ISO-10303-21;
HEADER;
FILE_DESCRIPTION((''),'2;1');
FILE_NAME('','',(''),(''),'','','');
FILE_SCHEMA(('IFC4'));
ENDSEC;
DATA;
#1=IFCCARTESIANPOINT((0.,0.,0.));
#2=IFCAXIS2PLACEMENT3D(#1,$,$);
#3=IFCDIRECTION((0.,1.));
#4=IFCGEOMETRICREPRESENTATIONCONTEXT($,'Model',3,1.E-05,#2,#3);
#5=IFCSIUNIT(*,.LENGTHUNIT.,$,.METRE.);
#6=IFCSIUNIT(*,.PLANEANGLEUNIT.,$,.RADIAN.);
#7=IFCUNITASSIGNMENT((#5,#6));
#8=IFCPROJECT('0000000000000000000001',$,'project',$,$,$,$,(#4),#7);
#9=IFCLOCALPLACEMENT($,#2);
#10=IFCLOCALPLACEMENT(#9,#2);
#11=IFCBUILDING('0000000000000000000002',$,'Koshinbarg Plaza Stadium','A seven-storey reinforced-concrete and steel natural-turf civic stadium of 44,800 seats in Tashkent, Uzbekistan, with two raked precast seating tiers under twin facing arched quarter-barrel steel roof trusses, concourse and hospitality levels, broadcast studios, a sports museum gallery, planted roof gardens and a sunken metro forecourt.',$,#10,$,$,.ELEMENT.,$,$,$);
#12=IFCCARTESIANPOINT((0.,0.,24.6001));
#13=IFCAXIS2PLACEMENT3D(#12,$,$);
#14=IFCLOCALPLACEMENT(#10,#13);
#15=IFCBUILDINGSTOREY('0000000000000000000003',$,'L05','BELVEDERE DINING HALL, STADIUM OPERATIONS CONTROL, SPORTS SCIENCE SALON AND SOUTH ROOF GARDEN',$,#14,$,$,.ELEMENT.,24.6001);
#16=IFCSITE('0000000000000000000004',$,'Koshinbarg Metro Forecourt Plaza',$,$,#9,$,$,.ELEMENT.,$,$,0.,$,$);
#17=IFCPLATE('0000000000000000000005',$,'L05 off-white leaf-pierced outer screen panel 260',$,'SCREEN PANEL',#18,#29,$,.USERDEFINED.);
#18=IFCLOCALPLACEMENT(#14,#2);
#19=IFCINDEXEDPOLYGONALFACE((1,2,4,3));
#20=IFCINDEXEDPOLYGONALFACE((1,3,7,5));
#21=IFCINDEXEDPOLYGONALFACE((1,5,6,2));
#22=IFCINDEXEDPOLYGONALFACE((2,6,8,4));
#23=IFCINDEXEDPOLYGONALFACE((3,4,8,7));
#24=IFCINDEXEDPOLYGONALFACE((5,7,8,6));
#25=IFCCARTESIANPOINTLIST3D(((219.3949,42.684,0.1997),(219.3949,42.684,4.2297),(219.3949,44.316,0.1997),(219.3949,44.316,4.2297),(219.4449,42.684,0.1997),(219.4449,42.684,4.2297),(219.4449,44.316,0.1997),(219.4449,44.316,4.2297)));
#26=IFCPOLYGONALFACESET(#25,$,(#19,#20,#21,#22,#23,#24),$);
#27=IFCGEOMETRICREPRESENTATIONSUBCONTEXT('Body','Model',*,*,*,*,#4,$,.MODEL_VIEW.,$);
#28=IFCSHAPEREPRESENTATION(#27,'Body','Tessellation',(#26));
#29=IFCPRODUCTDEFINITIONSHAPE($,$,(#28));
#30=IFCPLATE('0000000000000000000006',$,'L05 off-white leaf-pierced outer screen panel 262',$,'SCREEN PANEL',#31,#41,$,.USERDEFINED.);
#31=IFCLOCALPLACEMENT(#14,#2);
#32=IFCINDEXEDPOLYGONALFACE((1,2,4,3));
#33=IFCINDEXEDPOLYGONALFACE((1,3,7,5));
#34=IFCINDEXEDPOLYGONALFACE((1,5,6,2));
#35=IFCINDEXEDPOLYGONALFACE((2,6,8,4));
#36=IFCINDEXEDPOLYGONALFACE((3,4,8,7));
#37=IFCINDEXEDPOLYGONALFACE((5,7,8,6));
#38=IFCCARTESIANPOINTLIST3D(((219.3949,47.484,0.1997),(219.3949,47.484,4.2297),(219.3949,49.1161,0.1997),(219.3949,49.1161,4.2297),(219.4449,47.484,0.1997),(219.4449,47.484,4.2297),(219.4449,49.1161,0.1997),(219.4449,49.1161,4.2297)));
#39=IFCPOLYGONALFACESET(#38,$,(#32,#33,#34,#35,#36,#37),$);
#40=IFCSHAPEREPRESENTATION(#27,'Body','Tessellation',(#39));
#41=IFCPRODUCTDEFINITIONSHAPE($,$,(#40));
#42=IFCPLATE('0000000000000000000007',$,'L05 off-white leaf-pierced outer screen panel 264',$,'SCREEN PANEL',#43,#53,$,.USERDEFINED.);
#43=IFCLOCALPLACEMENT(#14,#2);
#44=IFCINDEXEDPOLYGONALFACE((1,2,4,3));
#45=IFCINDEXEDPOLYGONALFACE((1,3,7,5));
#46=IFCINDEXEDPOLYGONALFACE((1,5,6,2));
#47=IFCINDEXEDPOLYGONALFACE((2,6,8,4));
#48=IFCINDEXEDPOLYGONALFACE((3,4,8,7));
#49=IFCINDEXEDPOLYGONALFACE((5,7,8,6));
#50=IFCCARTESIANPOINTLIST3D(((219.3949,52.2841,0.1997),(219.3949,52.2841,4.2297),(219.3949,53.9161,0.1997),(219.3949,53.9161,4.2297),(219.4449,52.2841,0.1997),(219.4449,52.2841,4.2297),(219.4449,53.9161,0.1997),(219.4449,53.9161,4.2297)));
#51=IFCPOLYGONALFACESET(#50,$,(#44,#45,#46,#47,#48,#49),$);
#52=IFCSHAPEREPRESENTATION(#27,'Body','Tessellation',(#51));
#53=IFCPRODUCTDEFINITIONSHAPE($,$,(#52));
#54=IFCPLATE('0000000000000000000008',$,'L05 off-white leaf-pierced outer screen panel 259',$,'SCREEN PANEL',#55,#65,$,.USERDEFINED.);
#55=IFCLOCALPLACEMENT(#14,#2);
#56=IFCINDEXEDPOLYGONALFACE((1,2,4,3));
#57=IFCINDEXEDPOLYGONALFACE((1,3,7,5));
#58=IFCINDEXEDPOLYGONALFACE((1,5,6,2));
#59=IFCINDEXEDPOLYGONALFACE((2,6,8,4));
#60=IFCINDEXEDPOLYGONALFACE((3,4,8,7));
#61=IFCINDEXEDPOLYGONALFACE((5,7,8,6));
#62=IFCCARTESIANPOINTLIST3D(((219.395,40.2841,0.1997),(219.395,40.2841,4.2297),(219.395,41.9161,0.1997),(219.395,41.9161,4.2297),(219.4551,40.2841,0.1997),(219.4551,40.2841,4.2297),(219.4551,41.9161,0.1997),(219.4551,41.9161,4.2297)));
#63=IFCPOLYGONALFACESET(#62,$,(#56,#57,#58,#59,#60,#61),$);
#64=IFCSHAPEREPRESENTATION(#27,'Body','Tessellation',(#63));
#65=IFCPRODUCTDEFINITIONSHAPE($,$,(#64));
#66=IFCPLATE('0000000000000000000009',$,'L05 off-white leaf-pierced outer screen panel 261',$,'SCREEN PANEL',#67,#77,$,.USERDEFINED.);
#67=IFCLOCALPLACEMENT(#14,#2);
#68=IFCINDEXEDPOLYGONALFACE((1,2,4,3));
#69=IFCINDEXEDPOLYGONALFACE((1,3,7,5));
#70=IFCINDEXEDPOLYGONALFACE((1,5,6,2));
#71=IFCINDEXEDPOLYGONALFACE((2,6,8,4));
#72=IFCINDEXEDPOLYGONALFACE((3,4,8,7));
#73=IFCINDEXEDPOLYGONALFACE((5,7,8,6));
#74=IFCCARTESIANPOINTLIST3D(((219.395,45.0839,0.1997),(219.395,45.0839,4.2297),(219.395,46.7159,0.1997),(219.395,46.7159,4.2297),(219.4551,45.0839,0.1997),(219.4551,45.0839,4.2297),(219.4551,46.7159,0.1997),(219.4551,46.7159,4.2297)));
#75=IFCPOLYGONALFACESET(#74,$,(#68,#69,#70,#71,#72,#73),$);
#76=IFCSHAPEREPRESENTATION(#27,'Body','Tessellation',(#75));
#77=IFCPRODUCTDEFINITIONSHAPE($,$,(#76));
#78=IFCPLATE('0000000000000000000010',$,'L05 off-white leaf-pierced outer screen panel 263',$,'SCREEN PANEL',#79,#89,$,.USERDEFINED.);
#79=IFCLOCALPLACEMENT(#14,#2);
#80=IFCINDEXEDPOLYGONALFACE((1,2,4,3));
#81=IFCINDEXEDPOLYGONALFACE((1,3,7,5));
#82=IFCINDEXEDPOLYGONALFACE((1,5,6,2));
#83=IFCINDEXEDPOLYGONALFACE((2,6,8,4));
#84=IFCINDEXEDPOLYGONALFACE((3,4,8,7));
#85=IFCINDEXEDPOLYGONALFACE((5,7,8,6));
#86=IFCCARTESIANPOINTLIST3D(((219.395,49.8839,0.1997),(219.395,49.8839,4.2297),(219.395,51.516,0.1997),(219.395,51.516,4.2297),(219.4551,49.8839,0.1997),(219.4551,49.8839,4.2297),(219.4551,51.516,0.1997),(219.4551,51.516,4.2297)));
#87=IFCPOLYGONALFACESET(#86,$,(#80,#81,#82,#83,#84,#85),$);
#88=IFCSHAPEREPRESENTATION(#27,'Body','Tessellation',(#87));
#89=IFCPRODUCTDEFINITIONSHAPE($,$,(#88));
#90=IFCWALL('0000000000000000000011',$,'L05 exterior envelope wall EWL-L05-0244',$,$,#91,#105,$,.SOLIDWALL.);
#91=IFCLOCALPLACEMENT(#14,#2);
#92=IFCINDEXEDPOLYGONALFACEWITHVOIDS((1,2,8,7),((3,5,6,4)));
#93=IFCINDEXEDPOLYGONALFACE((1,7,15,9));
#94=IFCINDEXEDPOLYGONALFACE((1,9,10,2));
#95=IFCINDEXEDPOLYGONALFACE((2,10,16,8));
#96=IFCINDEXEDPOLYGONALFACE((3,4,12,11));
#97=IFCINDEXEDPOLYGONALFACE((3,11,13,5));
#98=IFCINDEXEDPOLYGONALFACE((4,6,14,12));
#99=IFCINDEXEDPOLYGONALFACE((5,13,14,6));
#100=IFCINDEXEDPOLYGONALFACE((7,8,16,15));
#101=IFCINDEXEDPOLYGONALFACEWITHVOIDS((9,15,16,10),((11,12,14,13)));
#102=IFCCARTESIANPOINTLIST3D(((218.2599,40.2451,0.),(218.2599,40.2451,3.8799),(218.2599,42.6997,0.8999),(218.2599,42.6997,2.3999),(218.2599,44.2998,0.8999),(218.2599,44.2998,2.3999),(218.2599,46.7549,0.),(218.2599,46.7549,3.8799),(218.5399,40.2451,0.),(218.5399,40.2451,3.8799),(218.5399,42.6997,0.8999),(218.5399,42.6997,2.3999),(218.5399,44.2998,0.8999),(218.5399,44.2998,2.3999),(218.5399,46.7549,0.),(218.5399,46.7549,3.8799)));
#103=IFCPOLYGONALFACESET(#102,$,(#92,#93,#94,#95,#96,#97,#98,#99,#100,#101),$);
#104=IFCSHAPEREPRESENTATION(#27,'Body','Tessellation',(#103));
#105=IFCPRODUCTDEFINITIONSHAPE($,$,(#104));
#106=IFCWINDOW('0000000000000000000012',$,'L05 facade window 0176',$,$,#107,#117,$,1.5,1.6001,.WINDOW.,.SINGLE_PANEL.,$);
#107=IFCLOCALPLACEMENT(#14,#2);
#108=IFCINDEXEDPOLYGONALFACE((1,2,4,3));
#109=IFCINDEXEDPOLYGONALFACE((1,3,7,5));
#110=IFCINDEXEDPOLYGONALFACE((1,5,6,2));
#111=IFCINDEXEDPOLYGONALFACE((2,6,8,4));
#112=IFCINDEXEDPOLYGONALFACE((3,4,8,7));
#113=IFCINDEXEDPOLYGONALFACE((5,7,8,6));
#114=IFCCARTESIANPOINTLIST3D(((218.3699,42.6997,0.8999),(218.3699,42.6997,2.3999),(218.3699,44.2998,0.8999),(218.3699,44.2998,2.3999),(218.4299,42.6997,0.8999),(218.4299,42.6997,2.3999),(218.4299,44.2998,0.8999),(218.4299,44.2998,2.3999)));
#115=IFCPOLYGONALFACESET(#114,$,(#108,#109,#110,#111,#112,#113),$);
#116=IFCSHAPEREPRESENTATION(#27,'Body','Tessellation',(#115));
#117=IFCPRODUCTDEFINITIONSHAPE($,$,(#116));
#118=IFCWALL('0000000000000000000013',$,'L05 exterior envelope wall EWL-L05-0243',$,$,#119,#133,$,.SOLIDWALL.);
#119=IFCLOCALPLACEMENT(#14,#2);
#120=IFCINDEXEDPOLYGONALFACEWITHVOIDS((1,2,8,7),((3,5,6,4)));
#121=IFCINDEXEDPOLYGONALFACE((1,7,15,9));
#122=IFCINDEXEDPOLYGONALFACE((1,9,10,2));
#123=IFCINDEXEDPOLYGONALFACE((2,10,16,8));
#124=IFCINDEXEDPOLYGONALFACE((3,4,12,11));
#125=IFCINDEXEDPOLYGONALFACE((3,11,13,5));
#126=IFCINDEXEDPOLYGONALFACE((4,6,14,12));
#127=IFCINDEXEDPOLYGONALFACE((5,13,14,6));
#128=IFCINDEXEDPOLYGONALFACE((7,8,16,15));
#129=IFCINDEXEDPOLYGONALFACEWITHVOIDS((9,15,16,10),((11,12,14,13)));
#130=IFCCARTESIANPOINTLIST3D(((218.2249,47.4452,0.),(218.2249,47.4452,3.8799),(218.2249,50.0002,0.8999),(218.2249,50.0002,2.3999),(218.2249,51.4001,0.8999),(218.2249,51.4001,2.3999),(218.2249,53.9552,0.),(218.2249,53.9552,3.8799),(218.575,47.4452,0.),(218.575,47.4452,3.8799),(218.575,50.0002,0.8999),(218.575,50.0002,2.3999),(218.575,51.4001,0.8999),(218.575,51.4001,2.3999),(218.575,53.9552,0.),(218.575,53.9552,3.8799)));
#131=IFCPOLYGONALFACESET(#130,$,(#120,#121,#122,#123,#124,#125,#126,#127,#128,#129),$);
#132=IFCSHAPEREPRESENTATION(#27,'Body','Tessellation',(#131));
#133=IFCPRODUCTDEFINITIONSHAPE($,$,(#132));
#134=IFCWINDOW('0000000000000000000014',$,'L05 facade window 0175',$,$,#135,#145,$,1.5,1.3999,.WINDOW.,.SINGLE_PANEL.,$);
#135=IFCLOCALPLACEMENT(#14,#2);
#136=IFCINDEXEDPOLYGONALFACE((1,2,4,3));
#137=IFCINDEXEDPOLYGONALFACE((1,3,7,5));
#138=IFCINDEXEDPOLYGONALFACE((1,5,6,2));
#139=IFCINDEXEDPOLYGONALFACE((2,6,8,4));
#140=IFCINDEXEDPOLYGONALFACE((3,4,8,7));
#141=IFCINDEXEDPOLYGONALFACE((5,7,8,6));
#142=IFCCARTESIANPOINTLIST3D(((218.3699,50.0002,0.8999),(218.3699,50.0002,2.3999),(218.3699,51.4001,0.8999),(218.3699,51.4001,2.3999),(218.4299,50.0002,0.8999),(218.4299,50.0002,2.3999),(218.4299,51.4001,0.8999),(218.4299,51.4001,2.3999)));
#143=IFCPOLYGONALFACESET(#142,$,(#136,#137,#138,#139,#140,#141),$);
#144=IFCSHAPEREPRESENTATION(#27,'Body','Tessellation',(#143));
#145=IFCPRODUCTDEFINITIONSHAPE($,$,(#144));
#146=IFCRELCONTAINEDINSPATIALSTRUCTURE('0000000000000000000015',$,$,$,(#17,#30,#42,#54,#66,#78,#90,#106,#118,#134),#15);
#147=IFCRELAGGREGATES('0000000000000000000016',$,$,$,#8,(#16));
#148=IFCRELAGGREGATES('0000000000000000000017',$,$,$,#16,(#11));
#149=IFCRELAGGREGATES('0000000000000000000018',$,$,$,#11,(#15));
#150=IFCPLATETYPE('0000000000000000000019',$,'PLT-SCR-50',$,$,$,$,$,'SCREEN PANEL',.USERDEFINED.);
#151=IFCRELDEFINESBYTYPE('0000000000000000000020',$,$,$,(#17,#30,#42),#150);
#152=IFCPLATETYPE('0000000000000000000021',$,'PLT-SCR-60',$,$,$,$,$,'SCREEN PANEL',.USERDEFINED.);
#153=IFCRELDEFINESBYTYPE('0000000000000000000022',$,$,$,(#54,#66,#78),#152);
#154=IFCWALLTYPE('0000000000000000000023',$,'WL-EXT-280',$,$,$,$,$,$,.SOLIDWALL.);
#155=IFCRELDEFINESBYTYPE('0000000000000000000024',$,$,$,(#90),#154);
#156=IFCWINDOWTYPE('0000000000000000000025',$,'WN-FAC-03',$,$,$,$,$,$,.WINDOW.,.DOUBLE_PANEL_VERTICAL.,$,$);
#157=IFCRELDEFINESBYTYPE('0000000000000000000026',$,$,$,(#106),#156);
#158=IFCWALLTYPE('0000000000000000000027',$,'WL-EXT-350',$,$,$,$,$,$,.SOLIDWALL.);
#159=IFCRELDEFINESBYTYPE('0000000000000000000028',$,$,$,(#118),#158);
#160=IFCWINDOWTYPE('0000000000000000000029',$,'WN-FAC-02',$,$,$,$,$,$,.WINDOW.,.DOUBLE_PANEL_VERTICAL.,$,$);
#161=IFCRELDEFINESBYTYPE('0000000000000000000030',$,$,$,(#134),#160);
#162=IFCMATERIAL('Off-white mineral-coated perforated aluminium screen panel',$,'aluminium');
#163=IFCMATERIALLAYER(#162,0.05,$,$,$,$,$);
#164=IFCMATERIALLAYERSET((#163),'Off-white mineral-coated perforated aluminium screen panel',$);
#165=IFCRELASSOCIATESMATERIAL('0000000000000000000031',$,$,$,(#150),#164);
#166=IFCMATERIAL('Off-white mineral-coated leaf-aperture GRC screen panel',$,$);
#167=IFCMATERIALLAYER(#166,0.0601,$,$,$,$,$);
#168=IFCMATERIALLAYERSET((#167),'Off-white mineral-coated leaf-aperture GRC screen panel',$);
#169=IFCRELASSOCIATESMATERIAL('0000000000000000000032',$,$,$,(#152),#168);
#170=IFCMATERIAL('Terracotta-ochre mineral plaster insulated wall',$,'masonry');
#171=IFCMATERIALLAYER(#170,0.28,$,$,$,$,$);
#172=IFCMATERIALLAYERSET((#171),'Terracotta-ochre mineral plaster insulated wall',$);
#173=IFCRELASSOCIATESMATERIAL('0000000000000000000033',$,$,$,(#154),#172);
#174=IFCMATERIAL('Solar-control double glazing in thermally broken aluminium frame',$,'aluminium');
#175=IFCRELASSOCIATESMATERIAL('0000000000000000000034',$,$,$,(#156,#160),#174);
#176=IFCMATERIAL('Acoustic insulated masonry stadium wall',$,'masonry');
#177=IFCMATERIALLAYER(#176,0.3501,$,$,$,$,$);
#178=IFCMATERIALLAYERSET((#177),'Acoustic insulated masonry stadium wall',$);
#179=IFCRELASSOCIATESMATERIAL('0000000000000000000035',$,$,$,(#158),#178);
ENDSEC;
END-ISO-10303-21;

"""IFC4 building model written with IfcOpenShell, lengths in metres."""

from ifc_helpers import new_model, si_unit, direction, frame, frame_2d, origin, origin_2d, place, context, subcontext, project, spatial, rectangle, extrude, material, layer, layer_set, type_object, element, fill, save


model = new_model("IFC4")

# Units and contexts
model_context = context("Model", 3, precision=1e-05, world=origin(), true_north=direction((0.0, 1.0)))
body_context = subcontext(model_context, "Body", "Model", "MODEL_VIEW")
ifc_project = project(units=[si_unit("LENGTHUNIT", "METRE"), si_unit("PLANEANGLEUNIT", "RADIAN")], contexts=[model_context])

# Site, building, storey
site_placement = place(None, origin())
site = spatial("IfcSite", under=ifc_project, at=site_placement, Name="Koshinbarg Metro Forecourt Plaza", CompositionType="ELEMENT", RefElevation=0.0)
building_placement = place(site_placement, origin())
building = spatial("IfcBuilding", under=site, at=building_placement, Name="Koshinbarg Plaza Stadium", Description="A seven-storey reinforced-concrete and steel natural-turf civic stadium of 44,800 seats in Tashkent, Uzbekistan, with two raked precast seating tiers under twin facing arched quarter-barrel steel roof trusses, concourse and hospitality levels, broadcast studios, a sports museum gallery, planted roof gardens and a sunken metro forecourt.", CompositionType="ELEMENT")
storey_placement = place(building_placement, frame((0.0, 0.0, 24.6001)))
storey = spatial("IfcBuildingStorey", under=building, at=storey_placement, Name="L05", Description="BELVEDERE DINING HALL, STADIUM OPERATIONS CONTROL, SPORTS SCIENCE SALON AND SOUTH ROOF GARDEN", CompositionType="ELEMENT", Elevation=24.6001)

# Plates
ifc_material_1 = material(Name="Off-white mineral-coated perforated aluminium screen panel", Category="aluminium")
ifc_layer_1 = layer(ifc_material_1, 0.05)
ifc_layer_set_1 = layer_set([ifc_layer_1], Name="Off-white mineral-coated perforated aluminium screen panel")
plate_type_1 = type_object("IfcPlateType", Name="PLT-SCR-50", ElementType="SCREEN PANEL", PredefinedType="USERDEFINED", material=ifc_layer_set_1)
for number, where, z_axis, x_axis, name in (
    (1, (219.4199, 43.5, 0.1997), (0.0, 0.0, 1.0), (1.0, 0.0, 0.0), "L05 off-white leaf-pierced outer screen panel 260"),
    (2, (219.4199, 48.3, 0.1997), (0.0, 0.0, 1.0), (1.0, 0.0, 0.0), "L05 off-white leaf-pierced outer screen panel 262"),
    (3, (219.4199, 53.1001, 0.1997), (0.0, 0.0, 1.0), (1.0, 0.0, 0.0), "L05 off-white leaf-pierced outer screen panel 264"),
):
    element("IfcPlate", number, at=place(storey_placement, frame(where, z_axis=z_axis, x_axis=x_axis)), inside=storey, type_object=plate_type_1, Name=name, ObjectType="SCREEN PANEL", PredefinedType="USERDEFINED", context=body_context, shape_type="SweptSolid", body=[
        extrude(rectangle(XDim=0.05, YDim=1.6321, at=origin_2d()), origin(), (0.0, 0.0, 1.0), 4.03),
    ])
ifc_material_2 = material(Name="Off-white mineral-coated leaf-aperture GRC screen panel")
ifc_layer_2 = layer(ifc_material_2, 0.0601)
ifc_layer_set_2 = layer_set([ifc_layer_2], Name="Off-white mineral-coated leaf-aperture GRC screen panel")
plate_type_2 = type_object("IfcPlateType", Name="PLT-SCR-60", ElementType="SCREEN PANEL", PredefinedType="USERDEFINED", material=ifc_layer_set_2)
for number, where, z_axis, x_axis, name in (
    (4, (219.425, 41.1001, 0.1997), (0.0, 0.0, 1.0), (1.0, 0.0, 0.0), "L05 off-white leaf-pierced outer screen panel 259"),
    (5, (219.425, 45.8999, 0.1997), (0.0, 0.0, 1.0), (1.0, 0.0, 0.0), "L05 off-white leaf-pierced outer screen panel 261"),
    (6, (219.425, 50.7, 0.1997), (0.0, 0.0, 1.0), (1.0, 0.0, 0.0), "L05 off-white leaf-pierced outer screen panel 263"),
):
    element("IfcPlate", number, at=place(storey_placement, frame(where, z_axis=z_axis, x_axis=x_axis)), inside=storey, type_object=plate_type_2, Name=name, ObjectType="SCREEN PANEL", PredefinedType="USERDEFINED", context=body_context, shape_type="SweptSolid", body=[
        extrude(rectangle(XDim=0.0601, YDim=1.6321, at=origin_2d()), origin(), (0.0, 0.0, 1.0), 4.03),
    ])

# Walls, openings, windows
ifc_material_3 = material(Name="Terracotta-ochre mineral plaster insulated wall", Category="masonry")
ifc_layer_3 = layer(ifc_material_3, 0.28)
ifc_layer_set_3 = layer_set([ifc_layer_3], Name="Terracotta-ochre mineral plaster insulated wall")
wall_type_1 = type_object("IfcWallType", Name="WL-EXT-280", PredefinedType="SOLIDWALL", material=ifc_layer_set_3)
wall_1_placement = place(storey_placement, frame((218.3999, 46.7549, 0.0), z_axis=(0.0, 0.0, 1.0), x_axis=(0.0, -1.0, 0.0)))
wall_1 = element("IfcWall", 7, at=wall_1_placement, inside=storey, type_object=wall_type_1, Name="L05 exterior envelope wall EWL-L05-0244", PredefinedType="SOLIDWALL", context=body_context, shape_type="SweptSolid", body=[
    extrude(rectangle(XDim=6.5098, YDim=0.28, at=frame_2d((3.2549, 0.0))), origin(), (0.0, 0.0, 1.0), 3.8799),
])
opening_1_placement = place(wall_1_placement, frame((2.4551, 0.0, 0.8999)))
opening_1 = element("IfcOpeningElement", 8, at=opening_1_placement, cuts=wall_1, PredefinedType="OPENING", context=body_context, shape_type="SweptSolid", body=[
    extrude(rectangle(XDim=1.6001, YDim=1.5, at=frame_2d((0.8, 0.75))), frame((0.0, 0.1499, 0.0), z_axis=(0.0, -1.0, 0.0), x_axis=(1.0, 0.0, 0.0)), (0.0, 0.0, 1.0), 0.3),
])
ifc_material_4 = material(Name="Solar-control double glazing in thermally broken aluminium frame", Category="aluminium")
window_type_1 = type_object("IfcWindowType", Name="WN-FAC-03", PartitioningType="DOUBLE_PANEL_VERTICAL", PredefinedType="WINDOW", material=ifc_material_4)
window_1_placement = place(opening_1_placement, origin())
window_1 = element("IfcWindow", 9, at=window_1_placement, inside=storey, type_object=window_type_1, Name="L05 facade window 0176", OverallHeight=1.5, OverallWidth=1.6001, PartitioningType="SINGLE_PANEL", PredefinedType="WINDOW", context=body_context, shape_type="SweptSolid", body=[
    extrude(rectangle(XDim=1.6001, YDim=1.5, at=frame_2d((0.8, 0.75))), frame((0.0, 0.03, 0.0), z_axis=(0.0, -1.0, 0.0), x_axis=(1.0, 0.0, 0.0)), (0.0, 0.0, 1.0), 0.0601),
])
fill(opening_1, window_1)
ifc_material_5 = material(Name="Acoustic insulated masonry stadium wall", Category="masonry")
ifc_layer_4 = layer(ifc_material_5, 0.3501)
ifc_layer_set_4 = layer_set([ifc_layer_4], Name="Acoustic insulated masonry stadium wall")
wall_type_2 = type_object("IfcWallType", Name="WL-EXT-350", PredefinedType="SOLIDWALL", material=ifc_layer_set_4)
wall_2_placement = place(storey_placement, frame((218.3999, 53.9551, 0.0), z_axis=(0.0, 0.0, 1.0), x_axis=(0.0, -1.0, 0.0)))
wall_2 = element("IfcWall", 10, at=wall_2_placement, inside=storey, type_object=wall_type_2, Name="L05 exterior envelope wall EWL-L05-0243", PredefinedType="SOLIDWALL", context=body_context, shape_type="SweptSolid", body=[
    extrude(rectangle(XDim=6.51, YDim=0.3501, at=frame_2d((3.2549, 0.0))), origin(), (0.0, 0.0, 1.0), 3.8799),
])
opening_2_placement = place(wall_2_placement, frame((2.5549, 0.0, 0.8999)))
opening_2 = element("IfcOpeningElement", 11, at=opening_2_placement, cuts=wall_2, PredefinedType="OPENING", context=body_context, shape_type="SweptSolid", body=[
    extrude(rectangle(XDim=1.3999, YDim=1.5, at=frame_2d((0.7, 0.75))), frame((0.0, 0.1851, 0.0), z_axis=(0.0, -1.0, 0.0), x_axis=(1.0, 0.0, 0.0)), (0.0, 0.0, 1.0), 0.3701),
])
window_type_2 = type_object("IfcWindowType", Name="WN-FAC-02", PartitioningType="DOUBLE_PANEL_VERTICAL", PredefinedType="WINDOW", material=ifc_material_4)
window_2_placement = place(opening_2_placement, origin())
window_2 = element("IfcWindow", 12, at=window_2_placement, inside=storey, type_object=window_type_2, Name="L05 facade window 0175", OverallHeight=1.5, OverallWidth=1.3999, PartitioningType="SINGLE_PANEL", PredefinedType="WINDOW", context=body_context, shape_type="SweptSolid", body=[
    extrude(rectangle(XDim=1.3999, YDim=1.5, at=frame_2d((0.7, 0.75))), frame((0.0, 0.03, 0.0), z_axis=(0.0, -1.0, 0.0), x_axis=(1.0, 0.0, 0.0)), (0.0, 0.0, 1.0), 0.0601),
])
fill(opening_2, window_2)

save(model, "model.ifc")
